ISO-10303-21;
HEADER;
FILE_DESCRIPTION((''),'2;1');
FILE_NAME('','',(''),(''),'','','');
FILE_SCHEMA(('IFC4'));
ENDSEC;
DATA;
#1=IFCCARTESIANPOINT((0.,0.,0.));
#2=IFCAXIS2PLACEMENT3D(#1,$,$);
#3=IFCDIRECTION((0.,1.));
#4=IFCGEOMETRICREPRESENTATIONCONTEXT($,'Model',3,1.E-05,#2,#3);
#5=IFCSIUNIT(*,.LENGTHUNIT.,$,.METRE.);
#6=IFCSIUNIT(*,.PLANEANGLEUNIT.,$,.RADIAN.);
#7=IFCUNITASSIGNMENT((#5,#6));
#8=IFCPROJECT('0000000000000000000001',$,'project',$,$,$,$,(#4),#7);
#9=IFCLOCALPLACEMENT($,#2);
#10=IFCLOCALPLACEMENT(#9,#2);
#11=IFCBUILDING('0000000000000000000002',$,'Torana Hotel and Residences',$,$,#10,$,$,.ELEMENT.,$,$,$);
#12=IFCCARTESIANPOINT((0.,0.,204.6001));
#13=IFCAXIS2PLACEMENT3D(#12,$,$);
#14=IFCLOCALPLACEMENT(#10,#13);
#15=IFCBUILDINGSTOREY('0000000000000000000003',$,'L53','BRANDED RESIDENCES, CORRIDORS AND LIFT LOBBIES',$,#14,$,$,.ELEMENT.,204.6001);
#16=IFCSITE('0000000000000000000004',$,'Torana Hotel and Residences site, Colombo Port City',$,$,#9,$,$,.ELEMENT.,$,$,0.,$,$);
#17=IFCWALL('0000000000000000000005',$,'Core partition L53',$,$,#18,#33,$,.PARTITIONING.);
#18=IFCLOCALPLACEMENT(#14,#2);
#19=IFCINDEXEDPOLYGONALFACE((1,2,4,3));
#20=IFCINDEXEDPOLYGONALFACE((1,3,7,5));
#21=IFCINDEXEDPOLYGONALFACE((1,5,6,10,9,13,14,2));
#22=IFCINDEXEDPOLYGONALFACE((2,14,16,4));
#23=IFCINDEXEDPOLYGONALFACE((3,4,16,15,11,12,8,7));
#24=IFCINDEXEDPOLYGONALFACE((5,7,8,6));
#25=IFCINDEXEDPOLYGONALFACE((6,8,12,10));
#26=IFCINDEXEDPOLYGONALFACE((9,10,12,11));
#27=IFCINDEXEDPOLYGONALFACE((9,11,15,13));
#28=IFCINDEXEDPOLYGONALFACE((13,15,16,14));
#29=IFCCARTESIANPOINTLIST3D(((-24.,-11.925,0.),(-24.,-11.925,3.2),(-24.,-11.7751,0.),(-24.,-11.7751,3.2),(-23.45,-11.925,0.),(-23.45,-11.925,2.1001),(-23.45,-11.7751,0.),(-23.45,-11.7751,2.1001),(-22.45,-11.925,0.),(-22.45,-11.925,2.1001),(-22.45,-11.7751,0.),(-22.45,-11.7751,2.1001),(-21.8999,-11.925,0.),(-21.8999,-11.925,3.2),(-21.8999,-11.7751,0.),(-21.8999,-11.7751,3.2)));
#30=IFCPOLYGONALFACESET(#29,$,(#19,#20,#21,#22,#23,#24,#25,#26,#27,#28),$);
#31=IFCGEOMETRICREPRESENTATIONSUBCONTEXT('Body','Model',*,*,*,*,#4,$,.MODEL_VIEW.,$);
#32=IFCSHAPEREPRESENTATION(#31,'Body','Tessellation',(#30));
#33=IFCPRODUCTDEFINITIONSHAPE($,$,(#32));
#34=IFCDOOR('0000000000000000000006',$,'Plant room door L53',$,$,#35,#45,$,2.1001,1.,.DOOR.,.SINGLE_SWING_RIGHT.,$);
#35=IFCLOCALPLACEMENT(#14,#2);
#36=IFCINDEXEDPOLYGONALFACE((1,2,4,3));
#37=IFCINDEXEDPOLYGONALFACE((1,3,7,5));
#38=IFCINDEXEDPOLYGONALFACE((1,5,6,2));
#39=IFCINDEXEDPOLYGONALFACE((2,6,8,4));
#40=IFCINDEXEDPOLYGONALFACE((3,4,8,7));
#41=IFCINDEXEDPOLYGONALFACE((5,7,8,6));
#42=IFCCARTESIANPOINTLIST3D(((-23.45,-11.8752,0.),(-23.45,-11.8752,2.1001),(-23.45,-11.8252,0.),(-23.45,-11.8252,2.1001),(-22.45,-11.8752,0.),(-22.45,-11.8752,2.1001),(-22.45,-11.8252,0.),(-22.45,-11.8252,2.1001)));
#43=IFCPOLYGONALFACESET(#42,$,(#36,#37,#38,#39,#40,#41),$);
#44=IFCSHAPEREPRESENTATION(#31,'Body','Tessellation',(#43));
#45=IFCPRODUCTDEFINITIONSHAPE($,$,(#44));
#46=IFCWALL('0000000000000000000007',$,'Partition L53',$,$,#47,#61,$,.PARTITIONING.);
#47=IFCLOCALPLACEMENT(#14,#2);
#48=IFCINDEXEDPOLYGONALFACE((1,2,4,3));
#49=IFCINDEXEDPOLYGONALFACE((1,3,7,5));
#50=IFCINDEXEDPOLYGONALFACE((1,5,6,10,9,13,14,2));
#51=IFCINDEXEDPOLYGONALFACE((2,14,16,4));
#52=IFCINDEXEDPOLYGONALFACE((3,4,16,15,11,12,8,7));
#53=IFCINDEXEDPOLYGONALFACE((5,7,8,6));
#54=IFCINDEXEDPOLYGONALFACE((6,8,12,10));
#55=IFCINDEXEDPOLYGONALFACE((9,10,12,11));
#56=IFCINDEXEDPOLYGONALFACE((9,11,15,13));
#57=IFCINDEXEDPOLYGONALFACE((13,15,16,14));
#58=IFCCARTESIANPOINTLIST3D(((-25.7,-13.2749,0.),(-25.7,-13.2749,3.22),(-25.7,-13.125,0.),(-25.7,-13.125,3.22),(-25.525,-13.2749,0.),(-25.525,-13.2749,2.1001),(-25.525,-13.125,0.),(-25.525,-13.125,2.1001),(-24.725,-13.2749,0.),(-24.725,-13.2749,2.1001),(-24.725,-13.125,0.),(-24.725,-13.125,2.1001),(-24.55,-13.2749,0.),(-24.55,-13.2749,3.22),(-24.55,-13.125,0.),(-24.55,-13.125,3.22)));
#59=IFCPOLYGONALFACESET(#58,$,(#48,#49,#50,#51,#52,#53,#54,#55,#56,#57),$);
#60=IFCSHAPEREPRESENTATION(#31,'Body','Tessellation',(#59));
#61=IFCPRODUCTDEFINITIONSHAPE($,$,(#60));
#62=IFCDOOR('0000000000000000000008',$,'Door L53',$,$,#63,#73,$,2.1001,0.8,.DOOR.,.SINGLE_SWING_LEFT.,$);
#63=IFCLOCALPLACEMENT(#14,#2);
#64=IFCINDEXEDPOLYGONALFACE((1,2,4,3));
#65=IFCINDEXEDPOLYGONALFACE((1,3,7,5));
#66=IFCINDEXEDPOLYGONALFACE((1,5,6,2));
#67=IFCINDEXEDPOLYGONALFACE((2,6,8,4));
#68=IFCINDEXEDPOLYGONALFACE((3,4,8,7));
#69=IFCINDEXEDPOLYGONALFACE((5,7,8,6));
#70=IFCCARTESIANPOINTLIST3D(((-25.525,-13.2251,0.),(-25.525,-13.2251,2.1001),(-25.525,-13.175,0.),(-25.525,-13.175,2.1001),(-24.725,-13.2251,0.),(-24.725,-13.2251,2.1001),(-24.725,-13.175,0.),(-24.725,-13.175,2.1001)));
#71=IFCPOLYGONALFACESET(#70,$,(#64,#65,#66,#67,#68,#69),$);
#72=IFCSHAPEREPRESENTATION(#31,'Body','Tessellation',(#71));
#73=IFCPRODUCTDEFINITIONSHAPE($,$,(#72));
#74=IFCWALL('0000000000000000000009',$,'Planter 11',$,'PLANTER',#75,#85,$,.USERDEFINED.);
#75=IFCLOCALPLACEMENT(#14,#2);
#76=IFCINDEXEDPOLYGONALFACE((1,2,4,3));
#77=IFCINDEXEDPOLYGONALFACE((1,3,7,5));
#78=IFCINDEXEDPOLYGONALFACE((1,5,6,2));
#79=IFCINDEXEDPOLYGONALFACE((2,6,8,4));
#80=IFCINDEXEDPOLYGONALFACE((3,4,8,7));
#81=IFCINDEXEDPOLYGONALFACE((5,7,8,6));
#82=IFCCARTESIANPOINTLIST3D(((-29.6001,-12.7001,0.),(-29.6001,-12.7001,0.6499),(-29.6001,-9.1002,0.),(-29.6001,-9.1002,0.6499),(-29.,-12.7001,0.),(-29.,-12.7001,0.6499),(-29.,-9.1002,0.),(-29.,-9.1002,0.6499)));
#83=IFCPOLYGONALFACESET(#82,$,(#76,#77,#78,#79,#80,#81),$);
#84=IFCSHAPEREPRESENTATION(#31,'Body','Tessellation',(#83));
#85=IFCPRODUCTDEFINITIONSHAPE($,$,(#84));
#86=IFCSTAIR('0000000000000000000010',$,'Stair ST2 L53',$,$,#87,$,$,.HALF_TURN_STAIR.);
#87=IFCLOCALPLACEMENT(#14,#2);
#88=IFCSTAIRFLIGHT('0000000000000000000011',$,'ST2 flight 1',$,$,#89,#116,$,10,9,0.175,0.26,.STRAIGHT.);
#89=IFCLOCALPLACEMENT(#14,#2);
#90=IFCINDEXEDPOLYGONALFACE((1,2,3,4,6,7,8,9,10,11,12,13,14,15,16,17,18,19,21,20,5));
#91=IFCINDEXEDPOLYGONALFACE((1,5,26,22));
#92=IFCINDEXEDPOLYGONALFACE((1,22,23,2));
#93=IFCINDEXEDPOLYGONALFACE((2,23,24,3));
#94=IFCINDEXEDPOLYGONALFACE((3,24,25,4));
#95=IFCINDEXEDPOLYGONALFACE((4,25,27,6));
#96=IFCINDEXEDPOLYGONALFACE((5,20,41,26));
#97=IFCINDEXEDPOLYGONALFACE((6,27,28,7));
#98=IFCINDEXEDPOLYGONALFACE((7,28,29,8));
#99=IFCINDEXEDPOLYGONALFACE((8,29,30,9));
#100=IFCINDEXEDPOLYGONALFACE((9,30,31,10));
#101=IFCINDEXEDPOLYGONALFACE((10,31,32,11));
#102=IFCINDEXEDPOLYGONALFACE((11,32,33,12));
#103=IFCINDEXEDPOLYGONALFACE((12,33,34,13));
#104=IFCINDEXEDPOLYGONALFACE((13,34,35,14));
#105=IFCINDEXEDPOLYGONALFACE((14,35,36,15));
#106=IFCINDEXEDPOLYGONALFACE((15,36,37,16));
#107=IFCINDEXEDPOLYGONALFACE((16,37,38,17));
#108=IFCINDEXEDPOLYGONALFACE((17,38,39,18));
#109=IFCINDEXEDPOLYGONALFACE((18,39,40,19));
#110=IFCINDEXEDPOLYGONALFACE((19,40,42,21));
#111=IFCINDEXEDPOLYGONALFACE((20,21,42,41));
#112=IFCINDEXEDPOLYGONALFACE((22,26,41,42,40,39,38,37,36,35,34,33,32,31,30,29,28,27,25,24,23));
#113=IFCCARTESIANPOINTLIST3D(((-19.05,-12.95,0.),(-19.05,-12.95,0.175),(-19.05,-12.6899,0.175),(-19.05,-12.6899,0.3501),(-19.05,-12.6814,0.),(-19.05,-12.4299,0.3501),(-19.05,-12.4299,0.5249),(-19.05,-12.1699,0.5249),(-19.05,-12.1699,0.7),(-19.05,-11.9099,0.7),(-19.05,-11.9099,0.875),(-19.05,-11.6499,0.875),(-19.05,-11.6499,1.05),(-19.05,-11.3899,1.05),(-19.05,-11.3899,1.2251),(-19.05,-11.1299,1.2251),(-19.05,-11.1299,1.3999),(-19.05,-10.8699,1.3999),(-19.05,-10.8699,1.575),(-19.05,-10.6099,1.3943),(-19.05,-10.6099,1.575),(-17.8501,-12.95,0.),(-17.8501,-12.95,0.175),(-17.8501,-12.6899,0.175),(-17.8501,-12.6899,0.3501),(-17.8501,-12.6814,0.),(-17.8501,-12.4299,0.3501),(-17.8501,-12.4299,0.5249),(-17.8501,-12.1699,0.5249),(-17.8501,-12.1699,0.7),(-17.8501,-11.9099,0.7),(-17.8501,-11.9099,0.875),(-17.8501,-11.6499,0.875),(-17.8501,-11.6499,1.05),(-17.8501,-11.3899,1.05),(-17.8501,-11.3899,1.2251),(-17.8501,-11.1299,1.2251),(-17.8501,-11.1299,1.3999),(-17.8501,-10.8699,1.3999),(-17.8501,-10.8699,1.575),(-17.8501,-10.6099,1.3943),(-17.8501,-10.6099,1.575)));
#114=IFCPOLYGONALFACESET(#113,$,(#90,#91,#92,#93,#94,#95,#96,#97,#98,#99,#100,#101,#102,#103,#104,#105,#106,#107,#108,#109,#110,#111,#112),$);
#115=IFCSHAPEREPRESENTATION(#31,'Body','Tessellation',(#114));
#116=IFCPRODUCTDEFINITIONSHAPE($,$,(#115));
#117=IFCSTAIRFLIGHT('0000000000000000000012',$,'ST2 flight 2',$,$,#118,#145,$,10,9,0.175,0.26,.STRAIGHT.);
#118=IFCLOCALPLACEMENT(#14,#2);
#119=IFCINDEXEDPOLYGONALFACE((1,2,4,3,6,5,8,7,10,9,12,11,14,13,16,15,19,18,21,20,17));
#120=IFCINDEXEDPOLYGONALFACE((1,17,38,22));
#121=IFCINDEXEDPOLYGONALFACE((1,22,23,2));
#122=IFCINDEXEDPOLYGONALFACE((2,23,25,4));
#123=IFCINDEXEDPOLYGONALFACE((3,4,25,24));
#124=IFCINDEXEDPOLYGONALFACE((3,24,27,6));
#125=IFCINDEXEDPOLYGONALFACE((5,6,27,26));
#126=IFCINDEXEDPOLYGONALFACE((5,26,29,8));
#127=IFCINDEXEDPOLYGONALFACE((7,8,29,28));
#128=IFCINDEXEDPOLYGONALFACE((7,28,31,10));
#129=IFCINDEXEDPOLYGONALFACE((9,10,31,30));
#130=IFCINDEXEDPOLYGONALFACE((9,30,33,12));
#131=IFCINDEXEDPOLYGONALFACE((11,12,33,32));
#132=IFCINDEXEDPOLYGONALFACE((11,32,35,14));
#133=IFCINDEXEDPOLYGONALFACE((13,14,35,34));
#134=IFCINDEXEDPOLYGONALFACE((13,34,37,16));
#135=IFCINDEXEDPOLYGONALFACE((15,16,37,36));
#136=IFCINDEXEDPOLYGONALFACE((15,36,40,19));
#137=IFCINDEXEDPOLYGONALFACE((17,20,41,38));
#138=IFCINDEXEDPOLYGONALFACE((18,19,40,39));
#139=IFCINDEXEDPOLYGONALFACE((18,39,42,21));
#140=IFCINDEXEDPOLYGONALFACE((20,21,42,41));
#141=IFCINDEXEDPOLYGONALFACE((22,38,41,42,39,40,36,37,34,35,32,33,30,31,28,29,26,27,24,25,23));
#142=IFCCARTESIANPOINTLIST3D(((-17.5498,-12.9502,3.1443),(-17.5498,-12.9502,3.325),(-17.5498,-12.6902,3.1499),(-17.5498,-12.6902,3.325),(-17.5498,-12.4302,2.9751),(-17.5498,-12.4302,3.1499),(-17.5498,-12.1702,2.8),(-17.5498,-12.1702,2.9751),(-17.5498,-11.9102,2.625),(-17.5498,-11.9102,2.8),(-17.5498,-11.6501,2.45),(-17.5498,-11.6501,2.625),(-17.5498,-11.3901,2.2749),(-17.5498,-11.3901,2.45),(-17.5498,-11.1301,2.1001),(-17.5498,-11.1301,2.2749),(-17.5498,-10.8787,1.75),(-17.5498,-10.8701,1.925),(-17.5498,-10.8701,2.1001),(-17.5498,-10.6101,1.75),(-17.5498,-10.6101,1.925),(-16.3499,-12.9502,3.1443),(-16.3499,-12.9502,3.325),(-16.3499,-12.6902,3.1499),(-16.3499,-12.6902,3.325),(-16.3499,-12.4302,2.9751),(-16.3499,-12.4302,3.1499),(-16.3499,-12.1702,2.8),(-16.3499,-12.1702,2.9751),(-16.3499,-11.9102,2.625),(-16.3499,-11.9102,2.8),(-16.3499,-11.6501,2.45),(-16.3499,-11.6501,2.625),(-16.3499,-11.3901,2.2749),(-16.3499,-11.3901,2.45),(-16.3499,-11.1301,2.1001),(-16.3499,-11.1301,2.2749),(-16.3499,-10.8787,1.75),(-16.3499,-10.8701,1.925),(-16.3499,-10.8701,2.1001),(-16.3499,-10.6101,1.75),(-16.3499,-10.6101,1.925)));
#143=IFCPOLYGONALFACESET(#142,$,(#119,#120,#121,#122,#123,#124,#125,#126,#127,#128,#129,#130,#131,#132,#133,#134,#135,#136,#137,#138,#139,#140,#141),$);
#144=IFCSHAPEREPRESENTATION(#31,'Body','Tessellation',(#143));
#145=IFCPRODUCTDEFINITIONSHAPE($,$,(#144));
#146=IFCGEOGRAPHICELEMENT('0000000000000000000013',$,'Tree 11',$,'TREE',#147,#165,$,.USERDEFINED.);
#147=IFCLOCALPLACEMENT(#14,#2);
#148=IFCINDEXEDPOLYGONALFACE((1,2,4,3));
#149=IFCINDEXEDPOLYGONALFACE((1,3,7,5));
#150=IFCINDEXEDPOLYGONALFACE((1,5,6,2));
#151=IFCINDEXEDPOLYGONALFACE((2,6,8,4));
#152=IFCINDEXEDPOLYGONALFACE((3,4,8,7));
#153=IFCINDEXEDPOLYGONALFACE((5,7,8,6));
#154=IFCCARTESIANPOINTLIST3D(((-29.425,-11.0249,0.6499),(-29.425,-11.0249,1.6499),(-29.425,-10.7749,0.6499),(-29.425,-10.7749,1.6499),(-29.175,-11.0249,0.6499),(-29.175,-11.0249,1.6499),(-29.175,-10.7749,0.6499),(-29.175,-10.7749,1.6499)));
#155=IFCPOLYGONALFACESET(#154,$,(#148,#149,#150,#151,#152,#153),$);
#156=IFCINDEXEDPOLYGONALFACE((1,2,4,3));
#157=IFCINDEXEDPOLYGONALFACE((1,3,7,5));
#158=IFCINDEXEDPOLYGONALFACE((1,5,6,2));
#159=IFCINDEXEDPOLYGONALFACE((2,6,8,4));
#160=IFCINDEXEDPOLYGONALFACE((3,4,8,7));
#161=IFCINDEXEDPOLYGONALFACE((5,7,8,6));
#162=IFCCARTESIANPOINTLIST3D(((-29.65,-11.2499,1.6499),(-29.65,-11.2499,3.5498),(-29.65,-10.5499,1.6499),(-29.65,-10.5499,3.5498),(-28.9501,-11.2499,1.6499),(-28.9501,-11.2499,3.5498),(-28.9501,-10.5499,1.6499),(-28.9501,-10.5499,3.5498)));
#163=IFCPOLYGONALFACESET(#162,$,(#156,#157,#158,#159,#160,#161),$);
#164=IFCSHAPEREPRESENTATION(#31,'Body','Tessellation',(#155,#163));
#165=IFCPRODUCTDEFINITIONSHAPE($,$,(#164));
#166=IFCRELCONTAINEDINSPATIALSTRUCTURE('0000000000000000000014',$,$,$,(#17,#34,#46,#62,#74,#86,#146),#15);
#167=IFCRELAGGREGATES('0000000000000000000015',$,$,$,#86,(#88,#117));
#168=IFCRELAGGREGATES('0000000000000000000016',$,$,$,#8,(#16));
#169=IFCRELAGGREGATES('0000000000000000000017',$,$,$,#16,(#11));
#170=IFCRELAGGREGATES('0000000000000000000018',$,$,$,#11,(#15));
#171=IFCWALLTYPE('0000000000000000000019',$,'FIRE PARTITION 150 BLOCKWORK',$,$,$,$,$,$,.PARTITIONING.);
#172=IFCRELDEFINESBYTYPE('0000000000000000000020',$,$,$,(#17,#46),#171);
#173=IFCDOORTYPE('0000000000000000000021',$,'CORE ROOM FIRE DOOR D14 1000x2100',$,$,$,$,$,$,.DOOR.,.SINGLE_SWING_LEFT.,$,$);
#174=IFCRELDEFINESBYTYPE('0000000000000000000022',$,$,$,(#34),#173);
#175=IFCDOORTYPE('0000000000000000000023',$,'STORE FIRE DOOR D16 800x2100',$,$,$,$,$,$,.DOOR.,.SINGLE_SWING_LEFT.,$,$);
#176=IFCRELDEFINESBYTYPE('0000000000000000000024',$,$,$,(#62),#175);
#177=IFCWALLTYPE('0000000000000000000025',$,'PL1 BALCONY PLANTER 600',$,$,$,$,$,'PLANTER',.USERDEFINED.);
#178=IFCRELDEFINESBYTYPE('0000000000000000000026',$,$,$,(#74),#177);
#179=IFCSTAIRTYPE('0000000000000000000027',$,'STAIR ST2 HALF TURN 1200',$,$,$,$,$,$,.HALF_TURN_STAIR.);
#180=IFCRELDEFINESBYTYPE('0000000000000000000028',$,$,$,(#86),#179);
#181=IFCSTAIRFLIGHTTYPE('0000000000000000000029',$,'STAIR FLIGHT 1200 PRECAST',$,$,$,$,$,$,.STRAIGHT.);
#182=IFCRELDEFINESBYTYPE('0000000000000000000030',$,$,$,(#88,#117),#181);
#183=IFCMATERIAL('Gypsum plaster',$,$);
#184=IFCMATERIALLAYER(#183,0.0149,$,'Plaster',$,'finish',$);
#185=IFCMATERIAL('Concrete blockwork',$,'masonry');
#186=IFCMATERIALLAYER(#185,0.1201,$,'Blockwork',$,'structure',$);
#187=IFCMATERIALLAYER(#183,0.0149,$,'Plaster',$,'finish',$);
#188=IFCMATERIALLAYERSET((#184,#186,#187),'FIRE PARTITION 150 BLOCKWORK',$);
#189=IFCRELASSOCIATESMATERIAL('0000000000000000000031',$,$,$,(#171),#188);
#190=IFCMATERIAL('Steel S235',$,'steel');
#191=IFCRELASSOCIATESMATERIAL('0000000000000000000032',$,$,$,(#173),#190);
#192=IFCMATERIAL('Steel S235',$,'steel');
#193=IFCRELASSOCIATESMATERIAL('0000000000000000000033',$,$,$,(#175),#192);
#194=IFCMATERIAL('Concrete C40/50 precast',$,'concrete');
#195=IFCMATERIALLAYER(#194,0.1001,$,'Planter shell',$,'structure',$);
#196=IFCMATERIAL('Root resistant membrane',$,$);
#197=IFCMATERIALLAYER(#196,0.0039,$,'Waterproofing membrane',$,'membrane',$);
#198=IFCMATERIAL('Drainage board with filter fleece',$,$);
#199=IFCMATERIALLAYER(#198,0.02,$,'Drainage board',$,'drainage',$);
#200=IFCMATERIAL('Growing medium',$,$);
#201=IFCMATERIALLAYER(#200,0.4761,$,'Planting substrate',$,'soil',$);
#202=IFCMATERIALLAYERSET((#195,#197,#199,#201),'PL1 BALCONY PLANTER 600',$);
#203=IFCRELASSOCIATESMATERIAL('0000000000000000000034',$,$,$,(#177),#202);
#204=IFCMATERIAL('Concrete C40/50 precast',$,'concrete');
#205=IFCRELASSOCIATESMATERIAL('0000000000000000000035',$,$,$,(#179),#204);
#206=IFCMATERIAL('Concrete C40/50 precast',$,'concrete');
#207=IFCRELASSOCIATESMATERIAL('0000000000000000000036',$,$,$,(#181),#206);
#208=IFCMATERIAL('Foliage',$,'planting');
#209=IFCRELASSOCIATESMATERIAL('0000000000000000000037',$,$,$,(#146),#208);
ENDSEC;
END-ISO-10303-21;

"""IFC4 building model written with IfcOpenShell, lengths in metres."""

from ifc_helpers import new_model, si_unit, direction, frame, frame_2d, origin, origin_2d, place, context, subcontext, project, spatial, polyline, rectangle, outline, extrude, material, layer, layer_set, type_object, element, fill, aggregate, save


model = new_model("IFC4")

# Units and contexts
model_context = context("Model", 3, precision=1e-05, world=origin(), true_north=direction((0.0, 1.0)))
body_context = subcontext(model_context, "Body", "Model", "MODEL_VIEW")
ifc_project = project(units=[si_unit("LENGTHUNIT", "METRE"), si_unit("PLANEANGLEUNIT", "RADIAN")], contexts=[model_context])

# Site, building, storey
site_placement = place(None, origin())
site = spatial("IfcSite", under=ifc_project, at=site_placement, Name="Torana Hotel and Residences site, Colombo Port City", CompositionType="ELEMENT", RefElevation=0.0)
building_placement = place(site_placement, origin())
building = spatial("IfcBuilding", under=site, at=building_placement, Name="Torana Hotel and Residences", CompositionType="ELEMENT")
storey_placement = place(building_placement, frame((0.0, 0.0, 204.6001)))
storey = spatial("IfcBuildingStorey", under=building, at=storey_placement, Name="L53", Description="BRANDED RESIDENCES, CORRIDORS AND LIFT LOBBIES", CompositionType="ELEMENT", Elevation=204.6001)

# Walls, openings, doors
ifc_material_1 = material(Name="Gypsum plaster")
ifc_layer_1 = layer(ifc_material_1, 0.0149, Name="Plaster", Category="finish")
ifc_material_2 = material(Name="Concrete blockwork", Category="masonry")
ifc_layer_2 = layer(ifc_material_2, 0.1201, Name="Blockwork", Category="structure")
ifc_layer_3 = layer(ifc_material_1, 0.0149, Name="Plaster", Category="finish")
ifc_layer_set_1 = layer_set([ifc_layer_1, ifc_layer_2, ifc_layer_3], Name="FIRE PARTITION 150 BLOCKWORK")
wall_type_1 = type_object("IfcWallType", Name="FIRE PARTITION 150 BLOCKWORK", PredefinedType="PARTITIONING", material=ifc_layer_set_1)
wall_1_placement = place(storey_placement, frame((-24.0, -11.8501, 0.0), z_axis=(0.0, 0.0, 1.0), x_axis=(1.0, 0.0, 0.0)))
wall_1 = element("IfcWall", 1, at=wall_1_placement, inside=storey, type_object=wall_type_1, Name="Core partition L53", PredefinedType="PARTITIONING", context=body_context, shape_type="SweptSolid", body=[
    extrude(rectangle(XDim=2.1001, YDim=0.1499, at=frame_2d((1.05, 0.0))), origin(), (0.0, 0.0, 1.0), 3.2),
])
opening_1_placement = place(wall_1_placement, frame((0.55, 0.0, 0.0)))
opening_1 = element("IfcOpeningElement", 2, at=opening_1_placement, cuts=wall_1, PredefinedType="OPENING", context=body_context, shape_type="SweptSolid", body=[
    extrude(rectangle(XDim=1.0, YDim=2.1001, at=frame_2d((0.5, 1.05))), frame((0.0, 0.085, 0.0), z_axis=(0.0, -1.0, 0.0), x_axis=(1.0, 0.0, 0.0)), (0.0, 0.0, 1.0), 0.1699),
])
ifc_material_3 = material(Name="Steel S235", Category="steel")
door_type_1 = type_object("IfcDoorType", Name="CORE ROOM FIRE DOOR D14 1000x2100", OperationType="SINGLE_SWING_LEFT", PredefinedType="DOOR", material=ifc_material_3)
door_1_placement = place(opening_1_placement, origin())
door_1 = element("IfcDoor", 3, at=door_1_placement, inside=storey, type_object=door_type_1, Name="Plant room door L53", OperationType="SINGLE_SWING_RIGHT", OverallHeight=2.1001, OverallWidth=1.0, PredefinedType="DOOR", context=body_context, shape_type="SweptSolid", body=[
    extrude(rectangle(XDim=1.0, YDim=2.1001, at=frame_2d((0.5, 1.05))), frame((0.0, 0.0249, 0.0), z_axis=(0.0, -1.0, 0.0), x_axis=(1.0, 0.0, 0.0)), (0.0, 0.0, 1.0), 0.05),
])
fill(opening_1, door_1)
wall_2_placement = place(storey_placement, frame((-25.7, -13.2, 0.0), z_axis=(0.0, 0.0, 1.0), x_axis=(1.0, 0.0, 0.0)))
wall_2 = element("IfcWall", 4, at=wall_2_placement, inside=storey, type_object=wall_type_1, Name="Partition L53", PredefinedType="PARTITIONING", context=body_context, shape_type="SweptSolid", body=[
    extrude(rectangle(XDim=1.1499, YDim=0.1499, at=frame_2d((0.575, 0.0))), origin(), (0.0, 0.0, 1.0), 3.22),
])
opening_2_placement = place(wall_2_placement, frame((0.175, 0.0, 0.0)))
opening_2 = element("IfcOpeningElement", 5, at=opening_2_placement, cuts=wall_2, PredefinedType="OPENING", context=body_context, shape_type="SweptSolid", body=[
    extrude(rectangle(XDim=0.8, YDim=2.1001, at=frame_2d((0.3999, 1.05))), frame((0.0, 0.085, 0.0), z_axis=(0.0, -1.0, 0.0), x_axis=(1.0, 0.0, 0.0)), (0.0, 0.0, 1.0), 0.1699),
])
ifc_material_4 = material(Name="Steel S235", Category="steel")
door_type_2 = type_object("IfcDoorType", Name="STORE FIRE DOOR D16 800x2100", OperationType="SINGLE_SWING_LEFT", PredefinedType="DOOR", material=ifc_material_4)
door_2_placement = place(opening_2_placement, origin())
door_2 = element("IfcDoor", 6, at=door_2_placement, inside=storey, type_object=door_type_2, Name="Door L53", OperationType="SINGLE_SWING_LEFT", OverallHeight=2.1001, OverallWidth=0.8, PredefinedType="DOOR", context=body_context, shape_type="SweptSolid", body=[
    extrude(rectangle(XDim=0.8, YDim=2.1001, at=frame_2d((0.3999, 1.05))), frame((0.0, 0.0249, 0.0), z_axis=(0.0, -1.0, 0.0), x_axis=(1.0, 0.0, 0.0)), (0.0, 0.0, 1.0), 0.05),
])
fill(opening_2, door_2)

# Wall
ifc_material_5 = material(Name="Concrete C40/50 precast", Category="concrete")
ifc_layer_4 = layer(ifc_material_5, 0.1001, Name="Planter shell", Category="structure")
ifc_material_6 = material(Name="Root resistant membrane")
ifc_layer_5 = layer(ifc_material_6, 0.0039, Name="Waterproofing membrane", Category="membrane")
ifc_material_7 = material(Name="Drainage board with filter fleece")
ifc_layer_6 = layer(ifc_material_7, 0.02, Name="Drainage board", Category="drainage")
ifc_material_8 = material(Name="Growing medium")
ifc_layer_7 = layer(ifc_material_8, 0.4761, Name="Planting substrate", Category="soil")
ifc_layer_set_2 = layer_set([ifc_layer_4, ifc_layer_5, ifc_layer_6, ifc_layer_7], Name="PL1 BALCONY PLANTER 600")
wall_type_2 = type_object("IfcWallType", Name="PL1 BALCONY PLANTER 600", ElementType="PLANTER", PredefinedType="USERDEFINED", material=ifc_layer_set_2)
wall_3_placement = place(storey_placement, frame((-29.3, -12.7, 0.0), z_axis=(0.0, 0.0, 1.0), x_axis=(0.0, 1.0, 0.0)))
element("IfcWall", 7, at=wall_3_placement, inside=storey, type_object=wall_type_2, Name="Planter 11", ObjectType="PLANTER", PredefinedType="USERDEFINED", context=body_context, shape_type="SweptSolid", body=[
    extrude(rectangle(XDim=3.5999, YDim=0.6001, at=frame_2d((1.7998, 0.0))), origin(), (0.0, 0.0, 1.0), 0.6499),
])

# Stair, stair flights
ifc_material_9 = material(Name="Concrete C40/50 precast", Category="concrete")
stair_type = type_object("IfcStairType", Name="STAIR ST2 HALF TURN 1200", PredefinedType="HALF_TURN_STAIR", material=ifc_material_9)
stair_placement = place(storey_placement, origin())
stair = element("IfcStair", 8, at=stair_placement, inside=storey, type_object=stair_type, Name="Stair ST2 L53", PredefinedType="HALF_TURN_STAIR")
ifc_material_10 = material(Name="Concrete C40/50 precast", Category="concrete")
stair_flight_type = type_object("IfcStairFlightType", Name="STAIR FLIGHT 1200 PRECAST", PredefinedType="STRAIGHT", material=ifc_material_10)
stair_flight_1_placement = place(storey_placement, frame((-18.45, -12.95, 0.0), z_axis=(0.0, 0.0, 1.0), x_axis=(0.0, 1.0, 0.0)))
stair_flight_1 = element("IfcStairFlight", 9, at=stair_flight_1_placement, type_object=stair_flight_type, Name="ST2 flight 1", NumberOfRisers=10, NumberOfTreads=9, PredefinedType="STRAIGHT", RiserHeight=0.175, TreadLength=0.26, context=body_context, shape_type="SweptSolid", body=[
    extrude(outline(polyline([(0.0, 0.0), (0.0, 0.175), (0.26, 0.175), (0.26, 0.3501), (0.52, 0.3501), (0.52, 0.5249), (0.78, 0.5249), (0.78, 0.7), (1.04, 0.7), (1.04, 0.875), (1.3, 0.875), (1.3, 1.05), (1.5601, 1.05), (1.5601, 1.2251), (1.8201, 1.2251), (1.8201, 1.3999), (2.0801, 1.3999), (2.0801, 1.575), (2.3401, 1.575), (2.3401, 1.75), (2.3401, 1.3943), (0.2686, 0.0), (0.0, 0.0)])), frame((0.0, 0.6001, 0.0), z_axis=(0.0, -1.0, 0.0), x_axis=(1.0, 0.0, 0.0)), (0.0, 0.0, 1.0), 1.2),
])
stair_flight_2_placement = place(storey_placement, frame((-16.95, -10.6101, 1.75), z_axis=(0.0, 0.0, 1.0), x_axis=(0.0, -1.0, 0.0)))
stair_flight_2 = element("IfcStairFlight", 10, at=stair_flight_2_placement, type_object=stair_flight_type, Name="ST2 flight 2", NumberOfRisers=10, NumberOfTreads=9, PredefinedType="STRAIGHT", RiserHeight=0.175, TreadLength=0.26, context=body_context, shape_type="SweptSolid", body=[
    extrude(outline(polyline([(0.0, 0.0), (0.0, 0.175), (0.26, 0.175), (0.26, 0.3501), (0.52, 0.3501), (0.52, 0.5249), (0.78, 0.5249), (0.78, 0.7), (1.04, 0.7), (1.04, 0.875), (1.3, 0.875), (1.3, 1.05), (1.5601, 1.05), (1.5601, 1.2251), (1.8201, 1.2251), (1.8201, 1.3999), (2.0801, 1.3999), (2.0801, 1.575), (2.3401, 1.575), (2.3401, 1.75), (2.3401, 1.3943), (0.2686, 0.0), (0.0, 0.0)])), frame((0.0, 0.6001, 0.0), z_axis=(0.0, -1.0, 0.0), x_axis=(1.0, 0.0, 0.0)), (0.0, 0.0, 1.0), 1.2),
])
aggregate(stair, [stair_flight_1, stair_flight_2])

# Geographic element
ifc_material_11 = material(Name="Foliage", Category="planting")
geographic_element_placement = place(storey_placement, frame((-29.3, -10.8999, 0.6499), z_axis=(0.0, 0.0, 1.0), x_axis=(1.0, 0.0, 0.0)))
element("IfcGeographicElement", 11, at=geographic_element_placement, inside=storey, material=ifc_material_11, Name="Tree 11", ObjectType="TREE", PredefinedType="USERDEFINED", context=body_context, shape_type="SweptSolid", body=[
    extrude(rectangle(XDim=0.25, YDim=0.25, at=origin_2d()), origin(), (0.0, 0.0, 1.0), 1.0),
    extrude(rectangle(XDim=0.7, YDim=0.7, at=origin_2d()), frame((0.0, 0.0, 1.0)), (0.0, 0.0, 1.0), 1.8999),
])

save(model, "model.ifc")
